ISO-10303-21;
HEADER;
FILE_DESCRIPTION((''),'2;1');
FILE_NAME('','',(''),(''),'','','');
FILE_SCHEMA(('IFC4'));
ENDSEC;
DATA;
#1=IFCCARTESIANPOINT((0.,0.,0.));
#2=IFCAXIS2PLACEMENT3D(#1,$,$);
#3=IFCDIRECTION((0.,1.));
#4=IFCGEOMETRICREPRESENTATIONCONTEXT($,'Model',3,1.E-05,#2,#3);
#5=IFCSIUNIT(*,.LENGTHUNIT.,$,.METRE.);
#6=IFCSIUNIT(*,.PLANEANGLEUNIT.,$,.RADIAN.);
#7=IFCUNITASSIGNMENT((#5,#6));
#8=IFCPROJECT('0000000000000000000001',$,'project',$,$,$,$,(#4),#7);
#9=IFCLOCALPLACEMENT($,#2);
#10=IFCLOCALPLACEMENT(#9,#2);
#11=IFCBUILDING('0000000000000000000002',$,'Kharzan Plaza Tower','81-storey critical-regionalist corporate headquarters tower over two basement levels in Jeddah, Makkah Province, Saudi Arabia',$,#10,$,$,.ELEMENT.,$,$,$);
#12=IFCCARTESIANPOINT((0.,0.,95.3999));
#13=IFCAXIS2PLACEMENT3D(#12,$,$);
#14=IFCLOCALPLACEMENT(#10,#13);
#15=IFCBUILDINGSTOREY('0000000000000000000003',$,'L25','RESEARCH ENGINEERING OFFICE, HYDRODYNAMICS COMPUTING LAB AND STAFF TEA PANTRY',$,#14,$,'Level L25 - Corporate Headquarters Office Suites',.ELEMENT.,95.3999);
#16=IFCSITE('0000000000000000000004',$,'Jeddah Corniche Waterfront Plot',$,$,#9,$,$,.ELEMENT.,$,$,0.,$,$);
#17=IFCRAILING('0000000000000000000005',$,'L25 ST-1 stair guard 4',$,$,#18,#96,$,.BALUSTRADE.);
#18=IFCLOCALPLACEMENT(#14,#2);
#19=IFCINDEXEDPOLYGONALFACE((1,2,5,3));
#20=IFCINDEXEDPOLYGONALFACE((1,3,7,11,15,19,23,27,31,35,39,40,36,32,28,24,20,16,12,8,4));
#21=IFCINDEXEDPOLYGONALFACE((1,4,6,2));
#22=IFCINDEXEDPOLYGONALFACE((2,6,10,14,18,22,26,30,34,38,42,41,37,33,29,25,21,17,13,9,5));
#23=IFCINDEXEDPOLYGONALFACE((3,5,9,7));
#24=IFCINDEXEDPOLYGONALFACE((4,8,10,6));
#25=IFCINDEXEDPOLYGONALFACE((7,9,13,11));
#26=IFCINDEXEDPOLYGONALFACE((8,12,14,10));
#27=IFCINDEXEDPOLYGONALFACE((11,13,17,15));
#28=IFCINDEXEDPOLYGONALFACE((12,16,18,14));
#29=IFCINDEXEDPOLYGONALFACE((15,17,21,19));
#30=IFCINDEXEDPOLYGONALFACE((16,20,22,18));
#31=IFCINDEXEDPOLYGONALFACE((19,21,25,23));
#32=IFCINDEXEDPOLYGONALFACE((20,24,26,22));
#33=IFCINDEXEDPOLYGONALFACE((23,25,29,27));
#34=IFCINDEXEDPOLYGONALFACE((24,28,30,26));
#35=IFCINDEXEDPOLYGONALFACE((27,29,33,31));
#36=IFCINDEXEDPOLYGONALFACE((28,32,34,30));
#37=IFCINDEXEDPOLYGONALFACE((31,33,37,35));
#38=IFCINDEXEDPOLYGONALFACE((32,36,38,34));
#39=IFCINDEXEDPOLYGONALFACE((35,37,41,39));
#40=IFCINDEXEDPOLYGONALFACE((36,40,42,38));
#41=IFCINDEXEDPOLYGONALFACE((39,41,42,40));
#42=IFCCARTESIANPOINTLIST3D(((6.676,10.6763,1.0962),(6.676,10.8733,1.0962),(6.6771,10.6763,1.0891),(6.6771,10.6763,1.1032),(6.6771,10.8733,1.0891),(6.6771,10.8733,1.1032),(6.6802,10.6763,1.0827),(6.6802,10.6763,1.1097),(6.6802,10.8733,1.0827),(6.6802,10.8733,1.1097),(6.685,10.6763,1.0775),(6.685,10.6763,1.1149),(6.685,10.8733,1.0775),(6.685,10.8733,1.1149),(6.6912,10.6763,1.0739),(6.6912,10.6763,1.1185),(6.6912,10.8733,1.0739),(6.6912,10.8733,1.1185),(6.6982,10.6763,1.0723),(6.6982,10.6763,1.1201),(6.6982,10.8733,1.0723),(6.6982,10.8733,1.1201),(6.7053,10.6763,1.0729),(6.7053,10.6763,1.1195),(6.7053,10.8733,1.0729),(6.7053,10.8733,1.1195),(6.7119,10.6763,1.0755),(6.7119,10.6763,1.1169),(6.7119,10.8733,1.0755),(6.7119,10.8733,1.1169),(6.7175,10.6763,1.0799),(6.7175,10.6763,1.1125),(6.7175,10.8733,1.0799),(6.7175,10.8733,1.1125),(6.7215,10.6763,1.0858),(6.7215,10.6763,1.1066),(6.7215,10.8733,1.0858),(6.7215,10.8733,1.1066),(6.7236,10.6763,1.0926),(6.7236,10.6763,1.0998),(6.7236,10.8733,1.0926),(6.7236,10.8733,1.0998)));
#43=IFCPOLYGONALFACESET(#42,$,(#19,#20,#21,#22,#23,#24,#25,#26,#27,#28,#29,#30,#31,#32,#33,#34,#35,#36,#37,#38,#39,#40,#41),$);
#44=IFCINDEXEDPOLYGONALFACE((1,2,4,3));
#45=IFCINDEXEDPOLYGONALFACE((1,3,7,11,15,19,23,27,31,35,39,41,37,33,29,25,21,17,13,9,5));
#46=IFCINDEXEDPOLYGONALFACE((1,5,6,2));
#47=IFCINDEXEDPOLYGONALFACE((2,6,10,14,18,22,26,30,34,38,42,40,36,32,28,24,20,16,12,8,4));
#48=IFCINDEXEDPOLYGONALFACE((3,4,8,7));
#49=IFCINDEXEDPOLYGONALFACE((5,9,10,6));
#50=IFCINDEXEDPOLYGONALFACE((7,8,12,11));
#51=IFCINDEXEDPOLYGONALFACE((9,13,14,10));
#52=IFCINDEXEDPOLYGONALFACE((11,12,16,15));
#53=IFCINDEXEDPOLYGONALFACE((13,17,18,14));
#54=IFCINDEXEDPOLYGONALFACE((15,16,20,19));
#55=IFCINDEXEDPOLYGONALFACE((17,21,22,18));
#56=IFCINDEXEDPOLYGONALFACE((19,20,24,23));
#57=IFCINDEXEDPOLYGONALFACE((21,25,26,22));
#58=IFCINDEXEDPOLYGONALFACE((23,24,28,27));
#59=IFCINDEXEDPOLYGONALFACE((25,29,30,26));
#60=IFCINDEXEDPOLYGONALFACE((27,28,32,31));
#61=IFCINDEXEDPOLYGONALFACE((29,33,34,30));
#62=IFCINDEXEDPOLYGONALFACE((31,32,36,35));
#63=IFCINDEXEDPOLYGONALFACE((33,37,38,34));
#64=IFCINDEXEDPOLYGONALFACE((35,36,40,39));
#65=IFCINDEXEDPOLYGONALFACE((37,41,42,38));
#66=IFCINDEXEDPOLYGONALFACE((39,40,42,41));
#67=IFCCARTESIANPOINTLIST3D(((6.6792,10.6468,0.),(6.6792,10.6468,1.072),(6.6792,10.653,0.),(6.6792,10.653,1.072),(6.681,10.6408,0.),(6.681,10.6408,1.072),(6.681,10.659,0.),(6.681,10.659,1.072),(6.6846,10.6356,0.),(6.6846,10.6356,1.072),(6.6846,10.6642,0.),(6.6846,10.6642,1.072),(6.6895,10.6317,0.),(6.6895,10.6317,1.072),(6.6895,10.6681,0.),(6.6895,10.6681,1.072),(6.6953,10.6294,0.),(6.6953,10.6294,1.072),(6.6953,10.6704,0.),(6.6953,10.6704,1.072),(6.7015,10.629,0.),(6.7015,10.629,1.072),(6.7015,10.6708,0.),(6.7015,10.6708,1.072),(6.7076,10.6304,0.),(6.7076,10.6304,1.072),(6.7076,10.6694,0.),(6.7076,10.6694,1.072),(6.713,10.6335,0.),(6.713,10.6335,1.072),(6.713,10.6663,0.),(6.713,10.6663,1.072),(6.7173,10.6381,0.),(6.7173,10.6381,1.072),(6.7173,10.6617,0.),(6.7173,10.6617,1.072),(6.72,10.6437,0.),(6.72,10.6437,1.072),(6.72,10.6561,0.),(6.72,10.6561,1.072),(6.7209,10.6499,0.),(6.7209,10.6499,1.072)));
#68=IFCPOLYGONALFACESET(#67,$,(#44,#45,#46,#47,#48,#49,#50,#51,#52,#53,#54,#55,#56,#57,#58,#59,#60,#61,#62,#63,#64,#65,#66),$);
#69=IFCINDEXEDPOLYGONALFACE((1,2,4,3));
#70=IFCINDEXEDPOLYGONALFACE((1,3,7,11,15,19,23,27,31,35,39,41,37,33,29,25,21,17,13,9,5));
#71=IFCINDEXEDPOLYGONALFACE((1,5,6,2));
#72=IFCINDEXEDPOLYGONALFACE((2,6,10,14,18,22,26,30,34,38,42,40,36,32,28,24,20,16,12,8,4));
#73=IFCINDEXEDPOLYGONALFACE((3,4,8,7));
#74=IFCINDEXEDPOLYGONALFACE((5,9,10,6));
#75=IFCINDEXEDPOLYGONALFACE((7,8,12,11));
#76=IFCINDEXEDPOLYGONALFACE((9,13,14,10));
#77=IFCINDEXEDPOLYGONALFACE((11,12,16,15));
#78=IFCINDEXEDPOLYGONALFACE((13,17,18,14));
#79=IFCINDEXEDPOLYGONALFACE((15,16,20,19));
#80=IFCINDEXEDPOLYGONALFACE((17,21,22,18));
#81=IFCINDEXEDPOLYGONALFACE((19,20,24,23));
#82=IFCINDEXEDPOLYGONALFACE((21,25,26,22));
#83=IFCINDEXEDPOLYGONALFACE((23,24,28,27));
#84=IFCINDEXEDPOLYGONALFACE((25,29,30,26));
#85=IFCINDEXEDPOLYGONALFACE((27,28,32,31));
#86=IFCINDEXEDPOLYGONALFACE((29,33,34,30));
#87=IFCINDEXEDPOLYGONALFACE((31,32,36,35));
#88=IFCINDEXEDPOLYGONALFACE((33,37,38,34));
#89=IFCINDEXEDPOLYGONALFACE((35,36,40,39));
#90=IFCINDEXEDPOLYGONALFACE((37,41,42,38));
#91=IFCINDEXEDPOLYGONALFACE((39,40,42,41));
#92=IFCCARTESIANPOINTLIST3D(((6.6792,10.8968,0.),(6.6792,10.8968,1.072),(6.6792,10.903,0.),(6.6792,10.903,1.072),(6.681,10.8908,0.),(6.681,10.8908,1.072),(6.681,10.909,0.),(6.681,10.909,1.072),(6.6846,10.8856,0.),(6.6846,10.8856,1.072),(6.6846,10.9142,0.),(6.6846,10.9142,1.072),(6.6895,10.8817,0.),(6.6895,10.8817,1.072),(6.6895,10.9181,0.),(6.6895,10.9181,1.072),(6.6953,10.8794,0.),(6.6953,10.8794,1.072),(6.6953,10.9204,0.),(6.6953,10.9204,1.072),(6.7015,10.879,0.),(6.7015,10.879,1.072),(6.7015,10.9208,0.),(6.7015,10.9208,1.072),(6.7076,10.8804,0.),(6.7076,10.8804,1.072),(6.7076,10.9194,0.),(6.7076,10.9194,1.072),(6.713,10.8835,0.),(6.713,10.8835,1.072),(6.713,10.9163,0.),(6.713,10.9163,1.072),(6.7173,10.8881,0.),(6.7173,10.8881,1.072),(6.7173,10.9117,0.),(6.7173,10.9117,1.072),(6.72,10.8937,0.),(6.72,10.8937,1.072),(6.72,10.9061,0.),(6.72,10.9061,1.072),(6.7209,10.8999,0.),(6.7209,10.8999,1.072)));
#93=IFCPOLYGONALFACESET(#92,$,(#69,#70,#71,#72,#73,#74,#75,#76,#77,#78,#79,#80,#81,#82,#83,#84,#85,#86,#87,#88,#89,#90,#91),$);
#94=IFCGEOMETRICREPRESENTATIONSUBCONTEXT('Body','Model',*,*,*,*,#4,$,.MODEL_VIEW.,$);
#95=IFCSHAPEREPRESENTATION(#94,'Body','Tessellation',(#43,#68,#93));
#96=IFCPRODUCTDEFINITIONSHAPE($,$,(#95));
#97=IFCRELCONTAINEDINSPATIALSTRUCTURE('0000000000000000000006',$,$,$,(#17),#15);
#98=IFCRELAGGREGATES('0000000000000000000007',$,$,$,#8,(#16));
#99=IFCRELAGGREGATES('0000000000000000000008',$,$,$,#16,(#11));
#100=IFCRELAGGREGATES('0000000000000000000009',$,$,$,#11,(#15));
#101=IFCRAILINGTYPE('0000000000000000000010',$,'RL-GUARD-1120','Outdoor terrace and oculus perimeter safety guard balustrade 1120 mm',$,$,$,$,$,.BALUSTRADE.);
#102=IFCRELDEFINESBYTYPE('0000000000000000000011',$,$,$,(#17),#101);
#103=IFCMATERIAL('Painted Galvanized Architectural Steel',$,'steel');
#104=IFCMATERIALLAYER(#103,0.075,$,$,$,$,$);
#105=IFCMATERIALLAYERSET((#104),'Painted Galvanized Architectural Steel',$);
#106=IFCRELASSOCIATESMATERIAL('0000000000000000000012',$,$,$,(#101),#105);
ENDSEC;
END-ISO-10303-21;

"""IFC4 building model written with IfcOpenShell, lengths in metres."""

from ifc_helpers import new_model, si_unit, direction, frame, origin, origin_2d, place, context, subcontext, project, spatial, circle, extrude, source, transform, mapped, material, layer, layer_set, type_object, element, save


model = new_model("IFC4")

# Units and contexts
model_context = context("Model", 3, precision=1e-05, world=origin(), true_north=direction((0.0, 1.0)))
body_context = subcontext(model_context, "Body", "Model", "MODEL_VIEW")
ifc_project = project(units=[si_unit("LENGTHUNIT", "METRE"), si_unit("PLANEANGLEUNIT", "RADIAN")], contexts=[model_context])

# Site, building, storey
site_placement = place(None, origin())
site = spatial("IfcSite", under=ifc_project, at=site_placement, Name="Jeddah Corniche Waterfront Plot", CompositionType="ELEMENT", RefElevation=0.0)
building_placement = place(site_placement, origin())
building = spatial("IfcBuilding", under=site, at=building_placement, Name="Kharzan Plaza Tower", Description="81-storey critical-regionalist corporate headquarters tower over two basement levels in Jeddah, Makkah Province, Saudi Arabia", CompositionType="ELEMENT")
storey_placement = place(building_placement, frame((0.0, 0.0, 95.3999)))
storey = spatial("IfcBuildingStorey", under=building, at=storey_placement, Name="L25", Description="RESEARCH ENGINEERING OFFICE, HYDRODYNAMICS COMPUTING LAB AND STAFF TEA PANTRY", LongName="Level L25 - Corporate Headquarters Office Suites", CompositionType="ELEMENT", Elevation=95.3999)

# Railing
ifc_material_1 = material(Name="Painted Galvanized Architectural Steel", Category="steel")
ifc_layer_1 = layer(ifc_material_1, 0.075)
ifc_layer_set_1 = layer_set([ifc_layer_1], Name="Painted Galvanized Architectural Steel")
railing_type_1 = type_object("IfcRailingType", Name="RL-GUARD-1120", Description="Outdoor terrace and oculus perimeter safety guard balustrade 1120 mm", PredefinedType="BALUSTRADE", material=ifc_layer_set_1)
shared_shape_1 = source(origin(), body_context, "Body", "SweptSolid", [
    extrude(circle(Radius=0.0239, at=origin_2d()), frame((0.0, 0.0264, 1.0962), z_axis=(0.0, 1.0, 0.0), x_axis=(-1.0, 0.0, 0.0)), (0.0, 0.0, 1.0), 0.197),
    extrude(circle(Radius=0.021, at=origin_2d()), origin(), (0.0, 0.0, 1.0), 1.072),
    extrude(circle(Radius=0.021, at=origin_2d()), frame((0.0, 0.25, 0.0)), (0.0, 0.0, 1.0), 1.072),
])
railing_1_placement = place(storey_placement, frame((6.7, 10.6499, 0.0)))
element("IfcRailing", 1, at=railing_1_placement, inside=storey, type_object=railing_type_1, Name="L25 ST-1 stair guard 4", PredefinedType="BALUSTRADE", context=body_context, shape_type="MappedRepresentation", body=[
    mapped(shared_shape_1, transform((0.0, 0.0, 0.0), x_axis=(1.0, 0.0, 0.0), y_axis=(0.0, 1.0, 0.0), z_axis=(0.0, 0.0, 1.0))),
])

save(model, "model.ifc")
